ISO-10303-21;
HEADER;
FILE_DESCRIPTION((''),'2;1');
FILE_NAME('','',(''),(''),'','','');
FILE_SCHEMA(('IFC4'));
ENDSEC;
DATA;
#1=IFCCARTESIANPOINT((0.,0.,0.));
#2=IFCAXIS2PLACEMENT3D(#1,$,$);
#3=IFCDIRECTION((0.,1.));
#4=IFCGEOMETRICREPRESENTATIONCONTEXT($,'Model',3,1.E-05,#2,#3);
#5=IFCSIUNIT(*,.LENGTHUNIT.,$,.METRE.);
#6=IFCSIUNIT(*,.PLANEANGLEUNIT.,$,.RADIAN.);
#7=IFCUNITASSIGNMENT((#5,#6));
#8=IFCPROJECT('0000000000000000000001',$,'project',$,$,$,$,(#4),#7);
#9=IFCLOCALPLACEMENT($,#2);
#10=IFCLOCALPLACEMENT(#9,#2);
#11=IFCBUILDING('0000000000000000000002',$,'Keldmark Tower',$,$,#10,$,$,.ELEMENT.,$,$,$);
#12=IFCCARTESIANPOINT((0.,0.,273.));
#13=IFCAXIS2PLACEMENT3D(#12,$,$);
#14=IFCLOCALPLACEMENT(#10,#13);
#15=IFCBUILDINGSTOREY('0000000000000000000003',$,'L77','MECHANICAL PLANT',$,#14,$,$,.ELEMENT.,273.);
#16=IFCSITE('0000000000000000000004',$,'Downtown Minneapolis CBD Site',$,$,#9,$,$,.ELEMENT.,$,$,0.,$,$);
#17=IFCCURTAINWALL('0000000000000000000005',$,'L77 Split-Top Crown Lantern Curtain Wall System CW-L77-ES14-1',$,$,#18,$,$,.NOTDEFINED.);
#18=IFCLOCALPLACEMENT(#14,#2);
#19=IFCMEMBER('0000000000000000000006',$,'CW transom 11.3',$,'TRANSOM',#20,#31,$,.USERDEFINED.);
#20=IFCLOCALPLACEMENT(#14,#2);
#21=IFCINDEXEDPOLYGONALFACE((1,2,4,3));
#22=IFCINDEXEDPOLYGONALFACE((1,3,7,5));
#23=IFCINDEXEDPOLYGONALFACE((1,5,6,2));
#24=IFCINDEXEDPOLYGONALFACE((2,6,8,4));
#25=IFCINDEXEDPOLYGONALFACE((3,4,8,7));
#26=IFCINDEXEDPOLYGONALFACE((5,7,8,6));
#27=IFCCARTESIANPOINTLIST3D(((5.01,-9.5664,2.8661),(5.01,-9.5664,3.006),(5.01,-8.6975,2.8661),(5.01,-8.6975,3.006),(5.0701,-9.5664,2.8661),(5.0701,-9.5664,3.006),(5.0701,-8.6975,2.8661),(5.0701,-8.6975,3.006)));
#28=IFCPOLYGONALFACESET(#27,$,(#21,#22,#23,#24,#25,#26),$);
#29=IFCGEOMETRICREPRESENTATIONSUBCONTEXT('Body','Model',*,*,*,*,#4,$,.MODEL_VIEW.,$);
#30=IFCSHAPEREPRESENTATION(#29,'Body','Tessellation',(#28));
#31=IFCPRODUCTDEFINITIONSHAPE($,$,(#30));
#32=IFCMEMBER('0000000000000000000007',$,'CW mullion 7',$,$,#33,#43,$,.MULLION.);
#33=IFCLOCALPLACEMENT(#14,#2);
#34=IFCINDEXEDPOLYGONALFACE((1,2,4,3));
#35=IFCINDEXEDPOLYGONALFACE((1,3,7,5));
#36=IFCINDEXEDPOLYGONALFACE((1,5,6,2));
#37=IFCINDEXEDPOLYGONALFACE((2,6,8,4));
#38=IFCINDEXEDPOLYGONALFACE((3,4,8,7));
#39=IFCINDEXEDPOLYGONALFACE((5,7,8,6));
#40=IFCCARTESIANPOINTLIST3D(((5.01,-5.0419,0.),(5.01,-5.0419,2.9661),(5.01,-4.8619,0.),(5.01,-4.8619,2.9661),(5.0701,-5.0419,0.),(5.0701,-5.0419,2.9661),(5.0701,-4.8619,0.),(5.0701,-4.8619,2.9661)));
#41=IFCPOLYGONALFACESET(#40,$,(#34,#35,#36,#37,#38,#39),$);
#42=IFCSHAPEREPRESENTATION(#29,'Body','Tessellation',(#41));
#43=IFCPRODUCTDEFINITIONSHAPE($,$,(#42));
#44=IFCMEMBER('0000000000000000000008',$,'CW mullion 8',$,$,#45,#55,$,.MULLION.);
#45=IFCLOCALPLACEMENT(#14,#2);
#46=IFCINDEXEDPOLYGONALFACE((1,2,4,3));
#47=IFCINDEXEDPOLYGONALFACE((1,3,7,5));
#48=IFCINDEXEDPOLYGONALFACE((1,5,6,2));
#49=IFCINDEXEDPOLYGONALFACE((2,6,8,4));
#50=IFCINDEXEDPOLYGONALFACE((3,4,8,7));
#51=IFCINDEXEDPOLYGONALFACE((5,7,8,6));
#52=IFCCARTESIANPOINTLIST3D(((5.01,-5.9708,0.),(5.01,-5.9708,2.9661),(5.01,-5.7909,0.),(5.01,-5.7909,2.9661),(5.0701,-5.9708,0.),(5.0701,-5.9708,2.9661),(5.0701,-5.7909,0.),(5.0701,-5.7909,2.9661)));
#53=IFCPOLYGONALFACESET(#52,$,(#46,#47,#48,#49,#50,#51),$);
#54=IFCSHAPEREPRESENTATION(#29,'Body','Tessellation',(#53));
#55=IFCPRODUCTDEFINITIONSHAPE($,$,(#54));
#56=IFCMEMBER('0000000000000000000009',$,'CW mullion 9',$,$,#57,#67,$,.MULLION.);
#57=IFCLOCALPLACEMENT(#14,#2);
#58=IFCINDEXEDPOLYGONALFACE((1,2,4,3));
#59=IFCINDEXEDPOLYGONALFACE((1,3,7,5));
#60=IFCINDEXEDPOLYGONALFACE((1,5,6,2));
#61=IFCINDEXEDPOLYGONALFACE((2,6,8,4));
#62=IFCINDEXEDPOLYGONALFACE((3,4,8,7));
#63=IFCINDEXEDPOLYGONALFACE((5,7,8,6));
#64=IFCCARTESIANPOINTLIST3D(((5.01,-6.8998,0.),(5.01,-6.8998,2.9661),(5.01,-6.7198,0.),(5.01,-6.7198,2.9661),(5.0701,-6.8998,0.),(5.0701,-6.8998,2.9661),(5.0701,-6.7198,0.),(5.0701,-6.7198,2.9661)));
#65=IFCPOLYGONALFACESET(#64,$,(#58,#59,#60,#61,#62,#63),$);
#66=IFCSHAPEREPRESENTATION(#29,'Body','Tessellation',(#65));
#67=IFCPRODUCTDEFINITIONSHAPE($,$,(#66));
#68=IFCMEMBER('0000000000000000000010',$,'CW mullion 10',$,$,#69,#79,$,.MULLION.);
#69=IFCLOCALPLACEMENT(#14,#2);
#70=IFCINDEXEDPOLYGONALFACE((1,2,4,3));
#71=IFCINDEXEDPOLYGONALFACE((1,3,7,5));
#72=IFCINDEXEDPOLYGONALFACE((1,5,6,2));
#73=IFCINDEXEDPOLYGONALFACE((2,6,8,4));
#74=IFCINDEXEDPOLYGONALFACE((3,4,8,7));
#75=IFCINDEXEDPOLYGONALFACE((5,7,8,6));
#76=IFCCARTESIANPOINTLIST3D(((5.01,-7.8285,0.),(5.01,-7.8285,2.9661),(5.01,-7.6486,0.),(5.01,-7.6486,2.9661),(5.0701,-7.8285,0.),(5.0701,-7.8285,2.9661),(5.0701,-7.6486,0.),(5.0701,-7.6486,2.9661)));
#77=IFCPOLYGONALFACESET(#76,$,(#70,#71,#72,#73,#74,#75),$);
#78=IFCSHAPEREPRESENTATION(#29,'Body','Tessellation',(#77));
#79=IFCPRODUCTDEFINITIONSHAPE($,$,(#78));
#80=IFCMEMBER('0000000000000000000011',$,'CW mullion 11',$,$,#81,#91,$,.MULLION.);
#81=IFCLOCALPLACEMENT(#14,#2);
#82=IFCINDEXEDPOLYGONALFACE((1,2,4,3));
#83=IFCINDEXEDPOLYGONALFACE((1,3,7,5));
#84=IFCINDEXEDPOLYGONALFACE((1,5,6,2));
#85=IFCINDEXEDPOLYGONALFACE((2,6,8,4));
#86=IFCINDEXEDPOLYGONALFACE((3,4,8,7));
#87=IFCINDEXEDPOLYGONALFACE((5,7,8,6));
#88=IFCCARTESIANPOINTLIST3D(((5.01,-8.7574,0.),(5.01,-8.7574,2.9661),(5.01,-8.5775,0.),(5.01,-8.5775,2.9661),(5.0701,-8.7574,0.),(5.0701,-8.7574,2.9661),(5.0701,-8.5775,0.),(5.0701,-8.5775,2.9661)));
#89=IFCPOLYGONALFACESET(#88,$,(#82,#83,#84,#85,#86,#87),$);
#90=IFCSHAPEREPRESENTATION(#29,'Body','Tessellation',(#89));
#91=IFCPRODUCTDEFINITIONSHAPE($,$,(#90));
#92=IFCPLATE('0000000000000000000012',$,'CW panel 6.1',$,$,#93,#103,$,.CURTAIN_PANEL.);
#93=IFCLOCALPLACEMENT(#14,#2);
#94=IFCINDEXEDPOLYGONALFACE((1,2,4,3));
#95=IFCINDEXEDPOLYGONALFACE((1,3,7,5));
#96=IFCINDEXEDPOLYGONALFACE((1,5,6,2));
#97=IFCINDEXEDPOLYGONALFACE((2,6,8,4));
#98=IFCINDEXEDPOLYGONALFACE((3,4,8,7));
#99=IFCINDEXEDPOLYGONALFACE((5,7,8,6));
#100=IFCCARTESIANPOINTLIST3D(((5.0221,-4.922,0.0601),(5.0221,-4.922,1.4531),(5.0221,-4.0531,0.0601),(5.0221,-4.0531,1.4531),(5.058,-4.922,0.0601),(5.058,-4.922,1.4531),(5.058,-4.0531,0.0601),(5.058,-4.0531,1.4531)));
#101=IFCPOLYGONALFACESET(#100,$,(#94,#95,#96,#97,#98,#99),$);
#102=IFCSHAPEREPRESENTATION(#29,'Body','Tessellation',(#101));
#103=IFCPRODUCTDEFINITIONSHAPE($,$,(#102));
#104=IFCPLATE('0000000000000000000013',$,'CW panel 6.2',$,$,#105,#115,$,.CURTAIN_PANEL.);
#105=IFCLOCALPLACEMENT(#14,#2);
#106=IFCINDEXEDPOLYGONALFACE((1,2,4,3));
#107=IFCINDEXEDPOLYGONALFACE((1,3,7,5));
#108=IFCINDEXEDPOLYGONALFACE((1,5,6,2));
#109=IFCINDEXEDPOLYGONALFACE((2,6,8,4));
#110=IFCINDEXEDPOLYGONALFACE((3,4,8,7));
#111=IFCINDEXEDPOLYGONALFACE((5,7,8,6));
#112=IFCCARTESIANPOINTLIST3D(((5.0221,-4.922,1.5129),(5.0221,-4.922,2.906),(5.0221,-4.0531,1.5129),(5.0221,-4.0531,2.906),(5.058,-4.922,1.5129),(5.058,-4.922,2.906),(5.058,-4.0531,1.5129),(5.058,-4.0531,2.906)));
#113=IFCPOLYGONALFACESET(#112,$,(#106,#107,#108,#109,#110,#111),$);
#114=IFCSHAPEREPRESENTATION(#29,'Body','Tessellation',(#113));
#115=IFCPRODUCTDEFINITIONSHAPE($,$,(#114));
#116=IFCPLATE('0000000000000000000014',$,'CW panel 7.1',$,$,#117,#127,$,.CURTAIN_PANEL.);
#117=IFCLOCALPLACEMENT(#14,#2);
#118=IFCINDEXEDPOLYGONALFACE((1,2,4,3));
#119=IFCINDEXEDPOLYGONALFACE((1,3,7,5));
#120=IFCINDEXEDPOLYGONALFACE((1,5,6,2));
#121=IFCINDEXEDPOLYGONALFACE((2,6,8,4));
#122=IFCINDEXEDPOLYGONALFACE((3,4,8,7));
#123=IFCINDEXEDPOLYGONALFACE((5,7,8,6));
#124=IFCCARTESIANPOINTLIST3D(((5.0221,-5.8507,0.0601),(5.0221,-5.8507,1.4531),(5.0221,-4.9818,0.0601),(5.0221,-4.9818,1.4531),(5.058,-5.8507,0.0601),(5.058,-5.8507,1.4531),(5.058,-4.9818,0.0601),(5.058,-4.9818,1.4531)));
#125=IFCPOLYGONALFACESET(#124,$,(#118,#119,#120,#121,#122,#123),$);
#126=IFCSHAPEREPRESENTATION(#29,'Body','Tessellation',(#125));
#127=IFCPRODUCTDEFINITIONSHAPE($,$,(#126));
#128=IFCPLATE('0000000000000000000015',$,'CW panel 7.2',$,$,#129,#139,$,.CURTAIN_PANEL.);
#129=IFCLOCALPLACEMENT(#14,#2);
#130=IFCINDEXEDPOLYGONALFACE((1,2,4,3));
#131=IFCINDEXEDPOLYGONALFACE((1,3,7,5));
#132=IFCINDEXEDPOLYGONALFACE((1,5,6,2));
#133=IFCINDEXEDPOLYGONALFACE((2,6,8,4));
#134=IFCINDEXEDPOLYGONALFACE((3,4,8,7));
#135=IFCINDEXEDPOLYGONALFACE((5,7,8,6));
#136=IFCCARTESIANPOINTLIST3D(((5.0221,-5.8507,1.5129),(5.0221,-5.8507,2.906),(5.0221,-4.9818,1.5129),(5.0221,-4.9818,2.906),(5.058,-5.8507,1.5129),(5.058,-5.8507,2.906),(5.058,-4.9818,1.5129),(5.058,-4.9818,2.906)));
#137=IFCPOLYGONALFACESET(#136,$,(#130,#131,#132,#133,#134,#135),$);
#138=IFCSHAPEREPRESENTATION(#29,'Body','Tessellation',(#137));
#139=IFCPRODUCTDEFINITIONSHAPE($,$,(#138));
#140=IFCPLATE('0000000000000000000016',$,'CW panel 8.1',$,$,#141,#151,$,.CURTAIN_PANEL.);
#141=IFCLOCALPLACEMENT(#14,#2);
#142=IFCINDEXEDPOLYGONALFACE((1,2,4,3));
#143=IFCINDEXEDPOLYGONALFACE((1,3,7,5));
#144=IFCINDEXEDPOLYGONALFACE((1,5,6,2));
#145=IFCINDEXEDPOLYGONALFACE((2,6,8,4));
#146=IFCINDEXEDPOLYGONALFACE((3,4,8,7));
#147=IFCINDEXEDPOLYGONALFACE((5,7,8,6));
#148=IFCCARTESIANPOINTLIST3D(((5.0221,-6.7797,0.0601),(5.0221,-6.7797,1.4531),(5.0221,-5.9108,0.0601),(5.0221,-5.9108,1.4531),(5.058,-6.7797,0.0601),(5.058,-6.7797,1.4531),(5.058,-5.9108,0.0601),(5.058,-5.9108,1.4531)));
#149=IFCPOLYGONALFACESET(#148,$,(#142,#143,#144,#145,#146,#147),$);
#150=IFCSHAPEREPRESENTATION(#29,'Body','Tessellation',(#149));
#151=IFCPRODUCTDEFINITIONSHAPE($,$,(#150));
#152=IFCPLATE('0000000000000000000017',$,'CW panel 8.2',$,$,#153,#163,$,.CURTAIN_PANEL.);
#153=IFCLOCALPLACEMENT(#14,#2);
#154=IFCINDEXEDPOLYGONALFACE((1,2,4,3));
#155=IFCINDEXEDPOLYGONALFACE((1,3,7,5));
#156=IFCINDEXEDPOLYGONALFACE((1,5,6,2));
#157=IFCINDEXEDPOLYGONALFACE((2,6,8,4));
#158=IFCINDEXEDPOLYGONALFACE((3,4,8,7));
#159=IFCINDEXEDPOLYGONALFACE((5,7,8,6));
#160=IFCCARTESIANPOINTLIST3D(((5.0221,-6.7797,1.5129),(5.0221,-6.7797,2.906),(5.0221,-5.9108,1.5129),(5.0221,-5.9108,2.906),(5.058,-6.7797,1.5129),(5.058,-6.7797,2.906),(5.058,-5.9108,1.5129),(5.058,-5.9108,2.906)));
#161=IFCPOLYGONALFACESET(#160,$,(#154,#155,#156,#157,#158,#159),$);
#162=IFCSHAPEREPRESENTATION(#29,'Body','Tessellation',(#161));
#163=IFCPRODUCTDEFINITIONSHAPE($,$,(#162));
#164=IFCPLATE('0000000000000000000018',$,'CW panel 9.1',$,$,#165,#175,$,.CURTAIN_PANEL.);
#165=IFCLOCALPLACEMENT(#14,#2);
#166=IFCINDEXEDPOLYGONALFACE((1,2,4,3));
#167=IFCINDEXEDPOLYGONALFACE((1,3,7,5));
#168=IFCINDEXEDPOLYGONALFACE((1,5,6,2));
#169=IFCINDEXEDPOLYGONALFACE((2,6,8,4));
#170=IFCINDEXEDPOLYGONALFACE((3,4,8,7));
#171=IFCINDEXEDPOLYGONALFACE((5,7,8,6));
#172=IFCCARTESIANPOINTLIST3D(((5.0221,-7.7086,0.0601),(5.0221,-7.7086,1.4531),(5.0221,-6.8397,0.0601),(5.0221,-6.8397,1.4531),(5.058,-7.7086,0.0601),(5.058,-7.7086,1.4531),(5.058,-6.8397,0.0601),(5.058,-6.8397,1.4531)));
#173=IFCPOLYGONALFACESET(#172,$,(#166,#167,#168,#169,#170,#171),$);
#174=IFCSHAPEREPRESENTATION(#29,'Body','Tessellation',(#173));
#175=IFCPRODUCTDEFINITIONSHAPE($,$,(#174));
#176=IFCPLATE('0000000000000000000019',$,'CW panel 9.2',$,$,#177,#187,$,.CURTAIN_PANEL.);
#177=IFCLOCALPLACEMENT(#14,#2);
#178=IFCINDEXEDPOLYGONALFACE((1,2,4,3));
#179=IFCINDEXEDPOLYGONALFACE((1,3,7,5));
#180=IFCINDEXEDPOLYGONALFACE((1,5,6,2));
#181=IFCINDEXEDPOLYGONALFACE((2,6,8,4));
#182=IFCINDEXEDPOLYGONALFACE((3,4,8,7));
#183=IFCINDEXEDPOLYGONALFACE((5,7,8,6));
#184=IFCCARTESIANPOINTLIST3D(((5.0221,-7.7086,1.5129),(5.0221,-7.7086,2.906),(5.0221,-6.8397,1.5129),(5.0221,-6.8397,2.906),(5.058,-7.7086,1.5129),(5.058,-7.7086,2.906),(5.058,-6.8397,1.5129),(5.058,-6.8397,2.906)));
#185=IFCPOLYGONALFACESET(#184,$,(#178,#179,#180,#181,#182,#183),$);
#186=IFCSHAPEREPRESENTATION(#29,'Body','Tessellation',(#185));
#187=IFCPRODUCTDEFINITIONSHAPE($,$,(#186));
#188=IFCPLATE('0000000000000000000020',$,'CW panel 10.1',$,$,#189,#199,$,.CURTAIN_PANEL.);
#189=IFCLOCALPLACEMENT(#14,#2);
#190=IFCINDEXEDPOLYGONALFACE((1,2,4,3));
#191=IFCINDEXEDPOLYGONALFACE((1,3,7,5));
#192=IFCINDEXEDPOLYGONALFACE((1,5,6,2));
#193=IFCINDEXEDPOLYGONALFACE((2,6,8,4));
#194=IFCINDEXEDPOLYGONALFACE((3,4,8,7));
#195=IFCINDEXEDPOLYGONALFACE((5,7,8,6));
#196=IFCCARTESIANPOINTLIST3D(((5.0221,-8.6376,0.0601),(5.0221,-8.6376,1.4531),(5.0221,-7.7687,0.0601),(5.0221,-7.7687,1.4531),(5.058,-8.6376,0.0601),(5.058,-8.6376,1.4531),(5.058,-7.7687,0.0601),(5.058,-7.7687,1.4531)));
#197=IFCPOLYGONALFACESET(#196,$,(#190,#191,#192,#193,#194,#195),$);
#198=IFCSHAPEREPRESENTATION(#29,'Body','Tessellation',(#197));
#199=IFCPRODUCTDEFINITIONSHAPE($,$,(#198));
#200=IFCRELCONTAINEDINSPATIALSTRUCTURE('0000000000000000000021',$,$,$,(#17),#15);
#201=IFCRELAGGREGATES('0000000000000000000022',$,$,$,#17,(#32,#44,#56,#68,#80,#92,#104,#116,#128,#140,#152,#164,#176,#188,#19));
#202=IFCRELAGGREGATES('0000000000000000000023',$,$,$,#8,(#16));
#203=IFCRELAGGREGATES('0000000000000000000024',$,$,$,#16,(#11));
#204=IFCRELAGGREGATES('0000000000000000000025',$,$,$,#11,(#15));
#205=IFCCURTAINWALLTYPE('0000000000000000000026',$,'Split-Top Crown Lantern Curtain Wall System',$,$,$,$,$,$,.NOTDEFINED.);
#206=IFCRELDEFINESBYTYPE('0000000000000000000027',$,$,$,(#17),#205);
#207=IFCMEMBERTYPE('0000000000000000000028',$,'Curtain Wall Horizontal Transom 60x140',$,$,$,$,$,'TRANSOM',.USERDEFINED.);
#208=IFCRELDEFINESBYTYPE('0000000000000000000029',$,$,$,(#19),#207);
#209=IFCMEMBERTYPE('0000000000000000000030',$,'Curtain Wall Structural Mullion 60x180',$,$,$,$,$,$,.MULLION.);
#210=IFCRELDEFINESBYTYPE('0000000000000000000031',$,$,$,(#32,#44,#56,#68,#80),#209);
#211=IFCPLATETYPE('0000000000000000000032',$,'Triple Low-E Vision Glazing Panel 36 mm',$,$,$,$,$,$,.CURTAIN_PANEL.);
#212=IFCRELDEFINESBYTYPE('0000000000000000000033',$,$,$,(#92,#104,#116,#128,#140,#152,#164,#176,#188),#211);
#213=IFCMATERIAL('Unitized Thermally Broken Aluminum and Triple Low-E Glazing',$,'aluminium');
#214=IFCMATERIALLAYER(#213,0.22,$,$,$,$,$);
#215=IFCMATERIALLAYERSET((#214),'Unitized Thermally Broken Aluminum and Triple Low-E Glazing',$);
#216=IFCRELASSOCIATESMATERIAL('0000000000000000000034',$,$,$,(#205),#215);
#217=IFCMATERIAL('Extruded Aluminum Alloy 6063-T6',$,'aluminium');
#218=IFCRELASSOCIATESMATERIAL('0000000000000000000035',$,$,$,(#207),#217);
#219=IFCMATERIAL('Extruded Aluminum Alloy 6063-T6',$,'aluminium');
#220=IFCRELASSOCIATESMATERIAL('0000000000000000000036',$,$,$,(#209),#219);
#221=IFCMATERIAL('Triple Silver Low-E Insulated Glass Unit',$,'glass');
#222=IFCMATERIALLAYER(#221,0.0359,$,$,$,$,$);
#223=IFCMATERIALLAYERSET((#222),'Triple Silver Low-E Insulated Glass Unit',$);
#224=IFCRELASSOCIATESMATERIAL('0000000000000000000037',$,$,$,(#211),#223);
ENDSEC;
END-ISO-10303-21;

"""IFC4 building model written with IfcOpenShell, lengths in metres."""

from ifc_helpers import new_model, si_unit, direction, frame, origin, origin_2d, place, context, subcontext, project, spatial, rectangle, extrude, material, layer, layer_set, material_profile, profile_set, type_object, element, aggregate, save


model = new_model("IFC4")

# Units and contexts
model_context = context("Model", 3, precision=1e-05, world=origin(), true_north=direction((0.0, 1.0)))
body_context = subcontext(model_context, "Body", "Model", "MODEL_VIEW")
ifc_project = project(units=[si_unit("LENGTHUNIT", "METRE"), si_unit("PLANEANGLEUNIT", "RADIAN")], contexts=[model_context])

# Site, building, storey
site_placement = place(None, origin())
site = spatial("IfcSite", under=ifc_project, at=site_placement, Name="Downtown Minneapolis CBD Site", CompositionType="ELEMENT", RefElevation=0.0)
building_placement = place(site_placement, origin())
building = spatial("IfcBuilding", under=site, at=building_placement, Name="Keldmark Tower", CompositionType="ELEMENT")
storey_placement = place(building_placement, frame((0.0, 0.0, 273.0)))
storey = spatial("IfcBuildingStorey", under=building, at=storey_placement, Name="L77", Description="MECHANICAL PLANT", CompositionType="ELEMENT", Elevation=273.0)

# Curtain wall, members, plates
ifc_material_1 = material(Name="Unitized Thermally Broken Aluminum and Triple Low-E Glazing", Category="aluminium")
ifc_layer_1 = layer(ifc_material_1, 0.22)
ifc_layer_set_1 = layer_set([ifc_layer_1], Name="Unitized Thermally Broken Aluminum and Triple Low-E Glazing")
curtain_wall_type = type_object("IfcCurtainWallType", Name="Split-Top Crown Lantern Curtain Wall System", PredefinedType="NOTDEFINED", material=ifc_layer_set_1)
curtain_wall_placement = place(storey_placement, origin())
curtain_wall = element("IfcCurtainWall", 1, at=curtain_wall_placement, inside=storey, type_object=curtain_wall_type, Name="L77 Split-Top Crown Lantern Curtain Wall System CW-L77-ES14-1", PredefinedType="NOTDEFINED")
ifc_material_2 = material(Name="Extruded Aluminum Alloy 6063-T6", Category="aluminium")
ifc_material_profile_1 = material_profile(ifc_material_2, rectangle(XDim=0.0601, YDim=0.1399, at=origin_2d()), Name="CWT60X140")
ifc_profile_set_1 = profile_set([ifc_material_profile_1], Name="Extruded Aluminum Alloy 6063-T6")
member_type_1 = type_object("IfcMemberType", Name="Curtain Wall Horizontal Transom 60x140", ElementType="TRANSOM", PredefinedType="USERDEFINED", material=ifc_profile_set_1)
member_1_placement = place(storey_placement, frame((5.04, -8.6975, 2.936), z_axis=(0.0, -1.0, 0.0), x_axis=(1.0, 0.0, 0.0)))
member_1 = element("IfcMember", 2, at=member_1_placement, type_object=member_type_1, Name="CW transom 11.3", ObjectType="TRANSOM", PredefinedType="USERDEFINED", context=body_context, shape_type="SweptSolid", body=[
    extrude(rectangle(XDim=0.0601, YDim=0.1399, at=origin_2d()), origin(), (0.0, 0.0, 1.0), 0.8689),
])
ifc_material_3 = material(Name="Extruded Aluminum Alloy 6063-T6", Category="aluminium")
ifc_material_profile_2 = material_profile(ifc_material_3, rectangle(XDim=0.0601, YDim=0.1799, at=origin_2d()), Name="CWM60X180")
ifc_profile_set_2 = profile_set([ifc_material_profile_2], Name="Extruded Aluminum Alloy 6063-T6")
member_type_2 = type_object("IfcMemberType", Name="Curtain Wall Structural Mullion 60x180", PredefinedType="MULLION", material=ifc_profile_set_2)
member_2_placement = place(storey_placement, frame((5.04, -4.9519, 0.0), z_axis=(0.0, 0.0, 1.0), x_axis=(1.0, 0.0, 0.0)))
member_2 = element("IfcMember", 3, at=member_2_placement, type_object=member_type_2, Name="CW mullion 7", PredefinedType="MULLION", context=body_context, shape_type="SweptSolid", body=[
    extrude(rectangle(XDim=0.0601, YDim=0.1799, at=origin_2d()), origin(), (0.0, 0.0, 1.0), 2.9661),
])
member_3_placement = place(storey_placement, frame((5.04, -5.8809, 0.0), z_axis=(0.0, 0.0, 1.0), x_axis=(1.0, 0.0, 0.0)))
member_3 = element("IfcMember", 4, at=member_3_placement, type_object=member_type_2, Name="CW mullion 8", PredefinedType="MULLION", context=body_context, shape_type="SweptSolid", body=[
    extrude(rectangle(XDim=0.0601, YDim=0.1799, at=origin_2d()), origin(), (0.0, 0.0, 1.0), 2.9661),
])
member_4_placement = place(storey_placement, frame((5.04, -6.8098, 0.0), z_axis=(0.0, 0.0, 1.0), x_axis=(1.0, 0.0, 0.0)))
member_4 = element("IfcMember", 5, at=member_4_placement, type_object=member_type_2, Name="CW mullion 9", PredefinedType="MULLION", context=body_context, shape_type="SweptSolid", body=[
    extrude(rectangle(XDim=0.0601, YDim=0.1799, at=origin_2d()), origin(), (0.0, 0.0, 1.0), 2.9661),
])
member_5_placement = place(storey_placement, frame((5.04, -7.7385, 0.0), z_axis=(0.0, 0.0, 1.0), x_axis=(1.0, 0.0, 0.0)))
member_5 = element("IfcMember", 6, at=member_5_placement, type_object=member_type_2, Name="CW mullion 10", PredefinedType="MULLION", context=body_context, shape_type="SweptSolid", body=[
    extrude(rectangle(XDim=0.0601, YDim=0.1799, at=origin_2d()), origin(), (0.0, 0.0, 1.0), 2.9661),
])
member_6_placement = place(storey_placement, frame((5.04, -8.6675, 0.0), z_axis=(0.0, 0.0, 1.0), x_axis=(1.0, 0.0, 0.0)))
member_6 = element("IfcMember", 7, at=member_6_placement, type_object=member_type_2, Name="CW mullion 11", PredefinedType="MULLION", context=body_context, shape_type="SweptSolid", body=[
    extrude(rectangle(XDim=0.0601, YDim=0.1799, at=origin_2d()), origin(), (0.0, 0.0, 1.0), 2.9661),
])
ifc_material_4 = material(Name="Triple Silver Low-E Insulated Glass Unit", Category="glass")
ifc_layer_2 = layer(ifc_material_4, 0.0359)
ifc_layer_set_2 = layer_set([ifc_layer_2], Name="Triple Silver Low-E Insulated Glass Unit")
plate_type = type_object("IfcPlateType", Name="Triple Low-E Vision Glazing Panel 36 mm", PredefinedType="CURTAIN_PANEL", material=ifc_layer_set_2)
plate_1_placement = place(storey_placement, frame((5.04, -4.4875, 0.0601), z_axis=(0.0, 0.0, 1.0), x_axis=(0.0, -1.0, 0.0)))
plate_1 = element("IfcPlate", 8, at=plate_1_placement, type_object=plate_type, Name="CW panel 6.1", PredefinedType="CURTAIN_PANEL", context=body_context, shape_type="SweptSolid", body=[
    extrude(rectangle(XDim=0.8689, YDim=0.0359, at=origin_2d()), origin(), (0.0, 0.0, 1.0), 1.3931),
])
plate_2_placement = place(storey_placement, frame((5.04, -4.4875, 1.5129), z_axis=(0.0, 0.0, 1.0), x_axis=(0.0, -1.0, 0.0)))
plate_2 = element("IfcPlate", 9, at=plate_2_placement, type_object=plate_type, Name="CW panel 6.2", PredefinedType="CURTAIN_PANEL", context=body_context, shape_type="SweptSolid", body=[
    extrude(rectangle(XDim=0.8689, YDim=0.0359, at=origin_2d()), origin(), (0.0, 0.0, 1.0), 1.3931),
])
plate_3_placement = place(storey_placement, frame((5.04, -5.4163, 0.0601), z_axis=(0.0, 0.0, 1.0), x_axis=(0.0, -1.0, 0.0)))
plate_3 = element("IfcPlate", 10, at=plate_3_placement, type_object=plate_type, Name="CW panel 7.1", PredefinedType="CURTAIN_PANEL", context=body_context, shape_type="SweptSolid", body=[
    extrude(rectangle(XDim=0.8689, YDim=0.0359, at=origin_2d()), origin(), (0.0, 0.0, 1.0), 1.3931),
])
plate_4_placement = place(storey_placement, frame((5.04, -5.4163, 1.5129), z_axis=(0.0, 0.0, 1.0), x_axis=(0.0, -1.0, 0.0)))
plate_4 = element("IfcPlate", 11, at=plate_4_placement, type_object=plate_type, Name="CW panel 7.2", PredefinedType="CURTAIN_PANEL", context=body_context, shape_type="SweptSolid", body=[
    extrude(rectangle(XDim=0.8689, YDim=0.0359, at=origin_2d()), origin(), (0.0, 0.0, 1.0), 1.3931),
])
plate_5_placement = place(storey_placement, frame((5.04, -6.3452, 0.0601), z_axis=(0.0, 0.0, 1.0), x_axis=(0.0, -1.0, 0.0)))
plate_5 = element("IfcPlate", 12, at=plate_5_placement, type_object=plate_type, Name="CW panel 8.1", PredefinedType="CURTAIN_PANEL", context=body_context, shape_type="SweptSolid", body=[
    extrude(rectangle(XDim=0.8689, YDim=0.0359, at=origin_2d()), origin(), (0.0, 0.0, 1.0), 1.3931),
])
plate_6_placement = place(storey_placement, frame((5.04, -6.3452, 1.5129), z_axis=(0.0, 0.0, 1.0), x_axis=(0.0, -1.0, 0.0)))
plate_6 = element("IfcPlate", 13, at=plate_6_placement, type_object=plate_type, Name="CW panel 8.2", PredefinedType="CURTAIN_PANEL", context=body_context, shape_type="SweptSolid", body=[
    extrude(rectangle(XDim=0.8689, YDim=0.0359, at=origin_2d()), origin(), (0.0, 0.0, 1.0), 1.3931),
])
plate_7_placement = place(storey_placement, frame((5.04, -7.2742, 0.0601), z_axis=(0.0, 0.0, 1.0), x_axis=(0.0, -1.0, 0.0)))
plate_7 = element("IfcPlate", 14, at=plate_7_placement, type_object=plate_type, Name="CW panel 9.1", PredefinedType="CURTAIN_PANEL", context=body_context, shape_type="SweptSolid", body=[
    extrude(rectangle(XDim=0.8689, YDim=0.0359, at=origin_2d()), origin(), (0.0, 0.0, 1.0), 1.3931),
])
plate_8_placement = place(storey_placement, frame((5.04, -7.2742, 1.5129), z_axis=(0.0, 0.0, 1.0), x_axis=(0.0, -1.0, 0.0)))
plate_8 = element("IfcPlate", 15, at=plate_8_placement, type_object=plate_type, Name="CW panel 9.2", PredefinedType="CURTAIN_PANEL", context=body_context, shape_type="SweptSolid", body=[
    extrude(rectangle(XDim=0.8689, YDim=0.0359, at=origin_2d()), origin(), (0.0, 0.0, 1.0), 1.3931),
])
plate_9_placement = place(storey_placement, frame((5.04, -8.2031, 0.0601), z_axis=(0.0, 0.0, 1.0), x_axis=(0.0, -1.0, 0.0)))
plate_9 = element("IfcPlate", 16, at=plate_9_placement, type_object=plate_type, Name="CW panel 10.1", PredefinedType="CURTAIN_PANEL", context=body_context, shape_type="SweptSolid", body=[
    extrude(rectangle(XDim=0.8689, YDim=0.0359, at=origin_2d()), origin(), (0.0, 0.0, 1.0), 1.3931),
])
aggregate(curtain_wall, [member_2, member_3, member_4, member_5, member_6, plate_1, plate_2, plate_3, plate_4, plate_5, plate_6, plate_7, plate_8, plate_9, member_1])

save(model, "model.ifc")
